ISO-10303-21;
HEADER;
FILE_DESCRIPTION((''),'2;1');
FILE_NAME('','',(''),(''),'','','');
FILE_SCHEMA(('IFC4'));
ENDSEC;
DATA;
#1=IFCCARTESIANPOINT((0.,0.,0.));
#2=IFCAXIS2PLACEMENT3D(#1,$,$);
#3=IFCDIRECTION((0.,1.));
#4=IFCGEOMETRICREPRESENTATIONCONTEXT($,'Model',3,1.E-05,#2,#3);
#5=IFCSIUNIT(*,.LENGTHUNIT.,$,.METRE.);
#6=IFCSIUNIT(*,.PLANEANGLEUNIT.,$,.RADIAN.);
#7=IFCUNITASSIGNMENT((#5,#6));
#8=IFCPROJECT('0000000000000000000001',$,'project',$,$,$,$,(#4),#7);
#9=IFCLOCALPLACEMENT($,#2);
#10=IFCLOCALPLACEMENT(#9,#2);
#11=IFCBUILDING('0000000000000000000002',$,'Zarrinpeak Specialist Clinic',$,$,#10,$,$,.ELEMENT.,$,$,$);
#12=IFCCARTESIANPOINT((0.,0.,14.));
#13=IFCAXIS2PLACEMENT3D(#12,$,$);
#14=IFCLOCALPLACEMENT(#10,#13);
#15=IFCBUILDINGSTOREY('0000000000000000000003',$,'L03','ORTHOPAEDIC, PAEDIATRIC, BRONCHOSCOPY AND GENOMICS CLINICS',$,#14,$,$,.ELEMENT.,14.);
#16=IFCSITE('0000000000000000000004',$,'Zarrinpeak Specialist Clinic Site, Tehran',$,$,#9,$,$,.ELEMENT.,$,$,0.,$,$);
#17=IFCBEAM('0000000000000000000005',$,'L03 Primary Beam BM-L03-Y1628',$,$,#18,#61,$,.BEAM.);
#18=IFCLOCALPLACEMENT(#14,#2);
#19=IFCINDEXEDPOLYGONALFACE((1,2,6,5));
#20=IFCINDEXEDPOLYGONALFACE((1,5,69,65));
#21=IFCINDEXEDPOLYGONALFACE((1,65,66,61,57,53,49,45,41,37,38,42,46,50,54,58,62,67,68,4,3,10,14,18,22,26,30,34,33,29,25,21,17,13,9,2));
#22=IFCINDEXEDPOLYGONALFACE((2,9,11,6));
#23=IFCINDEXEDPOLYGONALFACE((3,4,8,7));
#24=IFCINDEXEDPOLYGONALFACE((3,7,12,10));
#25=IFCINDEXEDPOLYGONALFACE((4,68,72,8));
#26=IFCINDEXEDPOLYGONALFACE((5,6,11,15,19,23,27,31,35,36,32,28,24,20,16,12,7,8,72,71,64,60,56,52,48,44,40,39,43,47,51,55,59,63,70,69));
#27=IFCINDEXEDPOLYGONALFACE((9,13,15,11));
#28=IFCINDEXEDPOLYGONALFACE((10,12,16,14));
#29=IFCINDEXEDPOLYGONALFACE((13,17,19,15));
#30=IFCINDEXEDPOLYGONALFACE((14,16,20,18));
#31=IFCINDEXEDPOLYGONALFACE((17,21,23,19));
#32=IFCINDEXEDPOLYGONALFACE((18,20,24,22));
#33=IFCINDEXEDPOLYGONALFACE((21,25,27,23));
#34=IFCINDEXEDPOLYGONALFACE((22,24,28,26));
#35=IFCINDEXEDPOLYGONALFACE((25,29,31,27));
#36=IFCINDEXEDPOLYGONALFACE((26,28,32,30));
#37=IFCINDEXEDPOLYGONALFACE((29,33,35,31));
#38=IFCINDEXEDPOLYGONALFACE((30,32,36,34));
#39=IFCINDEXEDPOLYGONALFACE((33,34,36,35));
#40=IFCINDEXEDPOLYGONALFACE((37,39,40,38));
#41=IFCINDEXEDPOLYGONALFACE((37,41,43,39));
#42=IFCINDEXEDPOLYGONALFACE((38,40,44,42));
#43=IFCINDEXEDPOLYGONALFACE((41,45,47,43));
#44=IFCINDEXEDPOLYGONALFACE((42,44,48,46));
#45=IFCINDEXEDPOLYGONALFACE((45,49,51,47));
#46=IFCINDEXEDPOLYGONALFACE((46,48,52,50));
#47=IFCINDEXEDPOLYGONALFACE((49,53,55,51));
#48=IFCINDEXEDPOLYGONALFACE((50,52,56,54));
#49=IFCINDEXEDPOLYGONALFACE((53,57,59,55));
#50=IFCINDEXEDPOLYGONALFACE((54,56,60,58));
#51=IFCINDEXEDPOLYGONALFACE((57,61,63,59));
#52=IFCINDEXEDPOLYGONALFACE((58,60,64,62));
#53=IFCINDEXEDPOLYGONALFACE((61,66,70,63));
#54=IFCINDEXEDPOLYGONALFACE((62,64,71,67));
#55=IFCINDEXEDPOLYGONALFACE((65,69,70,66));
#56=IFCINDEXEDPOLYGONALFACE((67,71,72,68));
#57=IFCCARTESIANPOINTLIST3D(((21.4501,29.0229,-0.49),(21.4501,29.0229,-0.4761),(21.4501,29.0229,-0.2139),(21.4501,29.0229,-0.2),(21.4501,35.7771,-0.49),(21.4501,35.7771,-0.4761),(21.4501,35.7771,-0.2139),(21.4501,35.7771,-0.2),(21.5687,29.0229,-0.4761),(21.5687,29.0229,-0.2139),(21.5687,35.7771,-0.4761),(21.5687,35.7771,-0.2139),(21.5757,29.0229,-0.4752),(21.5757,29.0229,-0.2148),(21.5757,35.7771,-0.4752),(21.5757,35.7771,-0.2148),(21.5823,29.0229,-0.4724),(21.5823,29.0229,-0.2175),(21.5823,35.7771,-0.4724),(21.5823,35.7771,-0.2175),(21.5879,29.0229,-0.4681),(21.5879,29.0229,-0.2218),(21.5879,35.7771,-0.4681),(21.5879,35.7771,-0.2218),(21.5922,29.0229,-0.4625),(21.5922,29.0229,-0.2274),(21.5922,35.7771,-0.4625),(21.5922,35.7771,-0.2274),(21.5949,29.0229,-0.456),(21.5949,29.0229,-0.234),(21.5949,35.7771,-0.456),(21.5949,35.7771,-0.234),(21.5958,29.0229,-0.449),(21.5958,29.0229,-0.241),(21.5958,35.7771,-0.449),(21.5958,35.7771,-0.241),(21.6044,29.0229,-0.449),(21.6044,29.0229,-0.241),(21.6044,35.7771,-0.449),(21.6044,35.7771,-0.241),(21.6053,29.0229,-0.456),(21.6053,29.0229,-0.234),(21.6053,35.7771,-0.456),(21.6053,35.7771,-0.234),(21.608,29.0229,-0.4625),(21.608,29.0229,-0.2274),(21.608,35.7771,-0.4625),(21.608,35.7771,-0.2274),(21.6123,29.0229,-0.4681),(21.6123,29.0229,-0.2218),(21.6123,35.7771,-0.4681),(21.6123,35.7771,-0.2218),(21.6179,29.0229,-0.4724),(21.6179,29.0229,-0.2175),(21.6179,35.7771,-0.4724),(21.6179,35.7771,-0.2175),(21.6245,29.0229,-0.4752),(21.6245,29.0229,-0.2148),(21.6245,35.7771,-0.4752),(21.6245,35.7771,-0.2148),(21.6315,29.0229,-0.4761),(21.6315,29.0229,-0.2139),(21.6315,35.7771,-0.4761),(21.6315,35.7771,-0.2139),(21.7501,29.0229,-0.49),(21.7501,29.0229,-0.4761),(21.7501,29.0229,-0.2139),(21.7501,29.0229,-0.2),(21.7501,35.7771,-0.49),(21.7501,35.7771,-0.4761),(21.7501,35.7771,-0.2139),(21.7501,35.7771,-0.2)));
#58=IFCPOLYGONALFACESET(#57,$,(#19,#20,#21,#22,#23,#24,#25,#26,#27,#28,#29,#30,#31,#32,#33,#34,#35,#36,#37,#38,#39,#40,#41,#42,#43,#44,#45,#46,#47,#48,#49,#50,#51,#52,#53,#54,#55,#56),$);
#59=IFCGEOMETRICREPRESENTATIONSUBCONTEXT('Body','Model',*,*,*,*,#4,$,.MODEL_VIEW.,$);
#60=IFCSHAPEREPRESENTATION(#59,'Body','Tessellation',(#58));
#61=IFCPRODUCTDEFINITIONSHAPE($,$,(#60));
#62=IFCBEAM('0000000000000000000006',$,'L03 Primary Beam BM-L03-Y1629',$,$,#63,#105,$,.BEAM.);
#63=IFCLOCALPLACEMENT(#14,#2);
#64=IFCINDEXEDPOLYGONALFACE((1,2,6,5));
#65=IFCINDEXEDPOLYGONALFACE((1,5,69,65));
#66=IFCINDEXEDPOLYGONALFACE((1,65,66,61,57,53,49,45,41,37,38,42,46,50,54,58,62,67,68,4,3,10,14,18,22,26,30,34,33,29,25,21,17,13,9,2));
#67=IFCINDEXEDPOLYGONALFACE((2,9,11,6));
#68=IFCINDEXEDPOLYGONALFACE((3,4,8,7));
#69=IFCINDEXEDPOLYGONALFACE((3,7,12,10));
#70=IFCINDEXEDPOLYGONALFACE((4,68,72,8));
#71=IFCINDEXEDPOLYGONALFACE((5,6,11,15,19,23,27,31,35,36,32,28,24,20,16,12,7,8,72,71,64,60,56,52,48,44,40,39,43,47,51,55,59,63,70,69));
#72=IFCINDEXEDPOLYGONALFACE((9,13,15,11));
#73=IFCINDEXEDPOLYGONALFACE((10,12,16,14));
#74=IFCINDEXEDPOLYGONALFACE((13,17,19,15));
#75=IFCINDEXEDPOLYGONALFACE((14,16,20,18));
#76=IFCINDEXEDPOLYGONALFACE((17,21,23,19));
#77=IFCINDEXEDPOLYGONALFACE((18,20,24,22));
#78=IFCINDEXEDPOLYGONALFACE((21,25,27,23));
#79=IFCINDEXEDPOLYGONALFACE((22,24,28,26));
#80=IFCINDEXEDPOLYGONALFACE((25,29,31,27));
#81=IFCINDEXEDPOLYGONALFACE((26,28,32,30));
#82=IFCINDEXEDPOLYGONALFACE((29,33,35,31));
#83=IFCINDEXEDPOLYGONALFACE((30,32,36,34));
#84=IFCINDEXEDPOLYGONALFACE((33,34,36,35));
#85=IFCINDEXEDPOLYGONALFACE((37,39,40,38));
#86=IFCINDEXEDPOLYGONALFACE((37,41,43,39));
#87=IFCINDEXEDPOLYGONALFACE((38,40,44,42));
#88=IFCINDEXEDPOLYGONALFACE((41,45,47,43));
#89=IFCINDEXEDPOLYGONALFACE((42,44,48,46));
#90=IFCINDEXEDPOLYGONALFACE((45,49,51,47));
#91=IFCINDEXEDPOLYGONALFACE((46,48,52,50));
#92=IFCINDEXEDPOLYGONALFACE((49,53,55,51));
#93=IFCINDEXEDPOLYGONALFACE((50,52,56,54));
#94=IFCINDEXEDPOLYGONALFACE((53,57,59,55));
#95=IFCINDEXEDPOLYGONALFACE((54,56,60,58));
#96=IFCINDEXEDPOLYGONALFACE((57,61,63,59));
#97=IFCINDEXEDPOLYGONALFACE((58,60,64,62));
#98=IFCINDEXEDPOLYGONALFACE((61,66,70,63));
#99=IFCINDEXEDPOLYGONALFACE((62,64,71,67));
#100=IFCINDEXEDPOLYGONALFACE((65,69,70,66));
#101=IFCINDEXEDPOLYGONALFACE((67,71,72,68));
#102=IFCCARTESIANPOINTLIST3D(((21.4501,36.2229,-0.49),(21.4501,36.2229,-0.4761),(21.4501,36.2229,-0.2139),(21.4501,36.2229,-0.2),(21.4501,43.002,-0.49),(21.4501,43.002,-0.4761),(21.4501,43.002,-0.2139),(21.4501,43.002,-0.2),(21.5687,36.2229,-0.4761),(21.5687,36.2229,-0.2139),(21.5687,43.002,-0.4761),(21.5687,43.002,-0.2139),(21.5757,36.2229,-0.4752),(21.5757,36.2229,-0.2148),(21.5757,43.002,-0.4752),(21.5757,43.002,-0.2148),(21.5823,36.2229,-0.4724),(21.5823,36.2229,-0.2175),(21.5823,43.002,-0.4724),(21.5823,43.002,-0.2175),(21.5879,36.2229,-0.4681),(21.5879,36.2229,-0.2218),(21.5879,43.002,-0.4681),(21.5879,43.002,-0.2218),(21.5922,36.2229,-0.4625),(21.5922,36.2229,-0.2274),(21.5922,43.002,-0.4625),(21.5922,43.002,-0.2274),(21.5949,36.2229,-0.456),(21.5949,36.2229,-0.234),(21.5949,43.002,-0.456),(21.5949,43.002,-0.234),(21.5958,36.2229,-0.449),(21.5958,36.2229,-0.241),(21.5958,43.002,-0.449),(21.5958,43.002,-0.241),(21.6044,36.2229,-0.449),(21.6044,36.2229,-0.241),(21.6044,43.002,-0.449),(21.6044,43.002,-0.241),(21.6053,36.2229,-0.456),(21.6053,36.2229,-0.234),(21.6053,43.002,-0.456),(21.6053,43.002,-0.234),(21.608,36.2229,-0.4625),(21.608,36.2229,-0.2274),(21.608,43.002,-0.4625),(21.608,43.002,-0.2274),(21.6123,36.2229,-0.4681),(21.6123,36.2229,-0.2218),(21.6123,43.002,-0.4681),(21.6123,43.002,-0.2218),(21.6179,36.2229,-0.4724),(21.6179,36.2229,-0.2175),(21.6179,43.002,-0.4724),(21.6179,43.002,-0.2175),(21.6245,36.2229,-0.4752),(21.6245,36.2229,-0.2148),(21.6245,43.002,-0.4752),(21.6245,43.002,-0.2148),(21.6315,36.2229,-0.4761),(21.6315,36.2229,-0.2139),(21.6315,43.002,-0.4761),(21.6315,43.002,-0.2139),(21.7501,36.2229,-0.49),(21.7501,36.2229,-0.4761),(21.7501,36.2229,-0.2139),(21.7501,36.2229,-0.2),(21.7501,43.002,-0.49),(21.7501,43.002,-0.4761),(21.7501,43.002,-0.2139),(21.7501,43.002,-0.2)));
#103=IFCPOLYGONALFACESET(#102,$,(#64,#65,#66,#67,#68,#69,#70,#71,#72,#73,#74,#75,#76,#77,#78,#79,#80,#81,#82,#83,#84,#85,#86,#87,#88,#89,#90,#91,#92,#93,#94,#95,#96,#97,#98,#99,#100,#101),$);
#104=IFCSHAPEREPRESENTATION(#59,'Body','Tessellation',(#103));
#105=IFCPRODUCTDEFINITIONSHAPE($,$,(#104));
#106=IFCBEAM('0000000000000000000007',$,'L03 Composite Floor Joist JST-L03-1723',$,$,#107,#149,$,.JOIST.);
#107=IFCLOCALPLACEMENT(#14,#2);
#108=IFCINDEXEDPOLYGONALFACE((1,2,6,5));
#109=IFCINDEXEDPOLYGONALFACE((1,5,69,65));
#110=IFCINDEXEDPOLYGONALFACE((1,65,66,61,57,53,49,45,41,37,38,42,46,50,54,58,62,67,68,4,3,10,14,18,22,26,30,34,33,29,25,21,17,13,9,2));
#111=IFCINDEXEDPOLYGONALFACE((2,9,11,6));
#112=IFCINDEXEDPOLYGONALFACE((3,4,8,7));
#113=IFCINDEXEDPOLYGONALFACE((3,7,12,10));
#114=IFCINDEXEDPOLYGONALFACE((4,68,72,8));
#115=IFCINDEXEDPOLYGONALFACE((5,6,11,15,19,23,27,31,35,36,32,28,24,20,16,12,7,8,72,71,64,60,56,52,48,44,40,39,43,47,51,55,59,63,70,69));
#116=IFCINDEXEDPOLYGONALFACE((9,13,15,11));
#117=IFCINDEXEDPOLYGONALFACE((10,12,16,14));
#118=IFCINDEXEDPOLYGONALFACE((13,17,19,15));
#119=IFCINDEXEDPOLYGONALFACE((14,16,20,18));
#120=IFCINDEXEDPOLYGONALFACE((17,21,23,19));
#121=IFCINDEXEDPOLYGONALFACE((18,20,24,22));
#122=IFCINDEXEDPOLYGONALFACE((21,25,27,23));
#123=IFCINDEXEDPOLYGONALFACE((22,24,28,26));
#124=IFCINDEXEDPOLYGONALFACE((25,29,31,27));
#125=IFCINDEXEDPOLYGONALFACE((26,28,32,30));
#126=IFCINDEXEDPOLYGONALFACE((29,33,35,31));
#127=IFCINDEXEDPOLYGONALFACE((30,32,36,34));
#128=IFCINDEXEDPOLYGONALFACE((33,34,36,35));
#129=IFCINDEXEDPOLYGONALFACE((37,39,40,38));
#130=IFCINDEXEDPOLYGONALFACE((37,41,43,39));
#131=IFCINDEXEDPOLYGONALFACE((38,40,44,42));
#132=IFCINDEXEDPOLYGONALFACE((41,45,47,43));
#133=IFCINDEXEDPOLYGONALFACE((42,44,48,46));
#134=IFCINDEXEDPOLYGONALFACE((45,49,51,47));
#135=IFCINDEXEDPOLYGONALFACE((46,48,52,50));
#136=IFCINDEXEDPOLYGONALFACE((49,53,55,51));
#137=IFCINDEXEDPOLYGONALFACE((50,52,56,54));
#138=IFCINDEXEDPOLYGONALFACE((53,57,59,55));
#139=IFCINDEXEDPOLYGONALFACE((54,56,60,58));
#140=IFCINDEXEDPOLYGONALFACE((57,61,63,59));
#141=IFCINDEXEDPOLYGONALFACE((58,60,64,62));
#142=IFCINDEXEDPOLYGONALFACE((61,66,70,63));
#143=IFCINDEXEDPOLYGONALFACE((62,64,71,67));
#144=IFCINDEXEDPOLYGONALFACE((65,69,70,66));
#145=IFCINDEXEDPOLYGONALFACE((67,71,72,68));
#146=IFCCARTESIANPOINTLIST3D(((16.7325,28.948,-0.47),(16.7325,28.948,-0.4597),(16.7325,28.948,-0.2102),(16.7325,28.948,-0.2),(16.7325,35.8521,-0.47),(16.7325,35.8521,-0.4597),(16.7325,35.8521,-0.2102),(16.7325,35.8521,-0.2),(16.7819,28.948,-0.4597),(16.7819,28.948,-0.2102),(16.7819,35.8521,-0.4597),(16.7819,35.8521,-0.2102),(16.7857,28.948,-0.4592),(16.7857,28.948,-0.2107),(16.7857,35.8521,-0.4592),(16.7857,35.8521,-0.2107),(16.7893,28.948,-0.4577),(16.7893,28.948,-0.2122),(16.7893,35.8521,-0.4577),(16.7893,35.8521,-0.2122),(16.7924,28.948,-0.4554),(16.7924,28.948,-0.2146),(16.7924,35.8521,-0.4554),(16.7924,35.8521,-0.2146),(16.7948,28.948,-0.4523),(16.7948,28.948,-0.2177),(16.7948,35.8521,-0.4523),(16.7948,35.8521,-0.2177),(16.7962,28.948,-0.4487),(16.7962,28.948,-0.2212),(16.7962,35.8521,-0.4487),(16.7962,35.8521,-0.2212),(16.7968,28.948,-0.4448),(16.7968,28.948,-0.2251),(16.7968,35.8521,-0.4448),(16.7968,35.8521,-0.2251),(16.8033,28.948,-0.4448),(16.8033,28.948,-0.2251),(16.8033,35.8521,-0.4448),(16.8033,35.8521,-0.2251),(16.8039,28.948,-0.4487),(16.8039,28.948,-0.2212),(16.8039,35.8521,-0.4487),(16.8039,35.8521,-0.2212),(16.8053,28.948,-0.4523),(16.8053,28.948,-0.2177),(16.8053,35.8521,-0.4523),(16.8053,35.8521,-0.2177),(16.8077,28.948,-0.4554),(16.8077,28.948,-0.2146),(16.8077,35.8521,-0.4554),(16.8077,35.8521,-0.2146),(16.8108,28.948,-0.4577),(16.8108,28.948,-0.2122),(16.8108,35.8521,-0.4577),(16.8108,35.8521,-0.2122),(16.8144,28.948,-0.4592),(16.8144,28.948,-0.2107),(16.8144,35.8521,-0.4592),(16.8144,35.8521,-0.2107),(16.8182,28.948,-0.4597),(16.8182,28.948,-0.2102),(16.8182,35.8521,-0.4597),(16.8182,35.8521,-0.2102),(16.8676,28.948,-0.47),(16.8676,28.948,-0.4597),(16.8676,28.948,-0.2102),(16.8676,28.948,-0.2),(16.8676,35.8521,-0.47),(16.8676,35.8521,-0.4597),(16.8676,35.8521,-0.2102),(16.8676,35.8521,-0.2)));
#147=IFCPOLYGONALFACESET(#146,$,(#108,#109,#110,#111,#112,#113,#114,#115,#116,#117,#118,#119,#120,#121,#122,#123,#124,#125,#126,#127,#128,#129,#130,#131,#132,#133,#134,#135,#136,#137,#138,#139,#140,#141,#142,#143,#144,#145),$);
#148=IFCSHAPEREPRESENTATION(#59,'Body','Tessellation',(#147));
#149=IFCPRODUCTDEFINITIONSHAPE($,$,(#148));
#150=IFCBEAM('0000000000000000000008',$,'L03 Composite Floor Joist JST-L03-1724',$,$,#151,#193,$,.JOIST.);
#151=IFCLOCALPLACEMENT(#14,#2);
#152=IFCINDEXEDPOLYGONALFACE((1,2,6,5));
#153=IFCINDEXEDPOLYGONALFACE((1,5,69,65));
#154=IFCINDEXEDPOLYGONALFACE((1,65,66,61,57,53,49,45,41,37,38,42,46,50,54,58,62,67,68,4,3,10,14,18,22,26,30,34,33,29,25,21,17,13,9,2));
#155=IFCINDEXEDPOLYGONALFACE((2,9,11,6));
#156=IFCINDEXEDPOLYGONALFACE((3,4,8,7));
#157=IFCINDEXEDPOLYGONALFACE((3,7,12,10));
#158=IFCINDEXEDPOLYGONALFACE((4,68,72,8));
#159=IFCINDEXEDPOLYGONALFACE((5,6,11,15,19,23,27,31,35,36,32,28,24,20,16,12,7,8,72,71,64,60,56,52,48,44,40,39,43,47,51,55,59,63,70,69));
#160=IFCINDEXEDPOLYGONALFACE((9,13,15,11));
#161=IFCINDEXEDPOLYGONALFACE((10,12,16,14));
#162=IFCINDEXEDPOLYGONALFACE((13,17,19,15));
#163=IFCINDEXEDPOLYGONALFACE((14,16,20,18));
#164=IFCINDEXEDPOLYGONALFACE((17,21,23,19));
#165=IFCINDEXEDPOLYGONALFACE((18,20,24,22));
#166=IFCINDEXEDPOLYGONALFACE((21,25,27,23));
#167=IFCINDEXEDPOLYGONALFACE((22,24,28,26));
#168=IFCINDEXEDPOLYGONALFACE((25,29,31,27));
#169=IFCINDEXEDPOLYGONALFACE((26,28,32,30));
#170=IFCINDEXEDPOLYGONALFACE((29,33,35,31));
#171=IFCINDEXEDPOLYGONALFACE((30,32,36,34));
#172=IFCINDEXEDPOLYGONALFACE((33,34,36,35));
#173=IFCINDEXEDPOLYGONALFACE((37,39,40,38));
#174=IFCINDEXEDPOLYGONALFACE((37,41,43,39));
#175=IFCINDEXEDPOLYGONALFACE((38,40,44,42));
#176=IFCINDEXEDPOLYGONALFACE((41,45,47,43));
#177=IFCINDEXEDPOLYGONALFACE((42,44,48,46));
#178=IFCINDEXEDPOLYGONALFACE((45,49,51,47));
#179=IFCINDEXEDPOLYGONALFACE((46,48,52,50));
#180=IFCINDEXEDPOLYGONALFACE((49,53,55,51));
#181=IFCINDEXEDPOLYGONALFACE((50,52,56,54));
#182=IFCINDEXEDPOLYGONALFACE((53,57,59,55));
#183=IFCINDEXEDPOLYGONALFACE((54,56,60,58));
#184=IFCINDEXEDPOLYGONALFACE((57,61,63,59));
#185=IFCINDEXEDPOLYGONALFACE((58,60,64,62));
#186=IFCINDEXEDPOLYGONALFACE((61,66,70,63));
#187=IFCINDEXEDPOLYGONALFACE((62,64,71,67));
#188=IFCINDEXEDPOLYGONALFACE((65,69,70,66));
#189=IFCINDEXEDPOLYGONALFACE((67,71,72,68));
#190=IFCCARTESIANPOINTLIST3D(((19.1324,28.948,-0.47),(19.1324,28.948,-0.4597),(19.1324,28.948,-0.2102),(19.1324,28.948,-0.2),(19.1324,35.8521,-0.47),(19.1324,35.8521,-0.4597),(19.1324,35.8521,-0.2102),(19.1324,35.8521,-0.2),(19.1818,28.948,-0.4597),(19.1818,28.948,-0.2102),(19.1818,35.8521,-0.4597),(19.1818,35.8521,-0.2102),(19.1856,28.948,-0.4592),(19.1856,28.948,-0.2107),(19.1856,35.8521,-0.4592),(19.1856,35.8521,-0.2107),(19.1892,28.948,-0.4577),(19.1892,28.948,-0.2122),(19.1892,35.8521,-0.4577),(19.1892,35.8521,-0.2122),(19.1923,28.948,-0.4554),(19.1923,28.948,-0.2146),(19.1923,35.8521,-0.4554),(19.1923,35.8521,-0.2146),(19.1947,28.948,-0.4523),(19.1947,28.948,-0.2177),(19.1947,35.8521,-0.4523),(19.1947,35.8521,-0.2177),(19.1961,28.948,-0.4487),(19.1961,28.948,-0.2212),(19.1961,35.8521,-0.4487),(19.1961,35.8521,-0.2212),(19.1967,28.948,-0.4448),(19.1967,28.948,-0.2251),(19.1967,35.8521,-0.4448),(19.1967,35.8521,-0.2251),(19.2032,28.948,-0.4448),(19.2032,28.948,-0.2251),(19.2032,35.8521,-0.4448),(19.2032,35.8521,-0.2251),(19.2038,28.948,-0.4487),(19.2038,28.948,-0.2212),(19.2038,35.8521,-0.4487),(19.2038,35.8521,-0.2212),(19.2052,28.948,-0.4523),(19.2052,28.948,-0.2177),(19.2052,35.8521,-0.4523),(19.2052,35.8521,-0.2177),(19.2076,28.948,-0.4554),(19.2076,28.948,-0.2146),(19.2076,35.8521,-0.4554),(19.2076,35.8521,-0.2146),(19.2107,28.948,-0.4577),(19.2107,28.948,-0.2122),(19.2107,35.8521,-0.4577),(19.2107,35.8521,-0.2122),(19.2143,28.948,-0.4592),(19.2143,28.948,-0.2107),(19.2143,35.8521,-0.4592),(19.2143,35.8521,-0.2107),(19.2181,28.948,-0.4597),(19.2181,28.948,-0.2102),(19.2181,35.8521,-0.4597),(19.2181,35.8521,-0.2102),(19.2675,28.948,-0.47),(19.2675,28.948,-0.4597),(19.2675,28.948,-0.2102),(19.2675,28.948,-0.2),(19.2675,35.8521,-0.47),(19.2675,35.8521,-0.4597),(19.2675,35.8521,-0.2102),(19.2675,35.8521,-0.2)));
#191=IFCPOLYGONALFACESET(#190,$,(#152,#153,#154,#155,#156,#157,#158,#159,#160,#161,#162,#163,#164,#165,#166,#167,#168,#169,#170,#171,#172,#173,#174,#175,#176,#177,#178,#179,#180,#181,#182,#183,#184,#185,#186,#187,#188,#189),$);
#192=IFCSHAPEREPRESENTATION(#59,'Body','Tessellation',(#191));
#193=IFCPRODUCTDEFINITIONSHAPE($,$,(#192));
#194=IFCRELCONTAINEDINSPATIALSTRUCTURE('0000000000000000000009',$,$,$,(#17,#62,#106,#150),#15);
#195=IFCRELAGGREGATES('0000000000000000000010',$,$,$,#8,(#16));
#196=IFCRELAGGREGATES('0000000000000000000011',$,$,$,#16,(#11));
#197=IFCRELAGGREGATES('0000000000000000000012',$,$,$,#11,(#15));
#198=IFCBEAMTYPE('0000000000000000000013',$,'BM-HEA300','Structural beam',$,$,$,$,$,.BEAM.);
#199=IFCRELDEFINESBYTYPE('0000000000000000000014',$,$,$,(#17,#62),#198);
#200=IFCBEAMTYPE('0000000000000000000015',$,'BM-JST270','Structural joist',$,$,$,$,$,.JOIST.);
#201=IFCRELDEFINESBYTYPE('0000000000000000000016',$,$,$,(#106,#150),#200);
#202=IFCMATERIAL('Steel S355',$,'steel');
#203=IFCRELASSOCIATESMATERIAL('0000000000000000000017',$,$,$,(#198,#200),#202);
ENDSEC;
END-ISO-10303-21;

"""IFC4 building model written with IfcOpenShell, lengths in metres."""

from ifc_helpers import new_model, si_unit, direction, frame, origin, origin_2d, place, context, subcontext, project, spatial, i_section, extrude, material, material_profile, profile_set, type_object, element, save


model = new_model("IFC4")

# Units and contexts
model_context = context("Model", 3, precision=1e-05, world=origin(), true_north=direction((0.0, 1.0)))
body_context = subcontext(model_context, "Body", "Model", "MODEL_VIEW")
ifc_project = project(units=[si_unit("LENGTHUNIT", "METRE"), si_unit("PLANEANGLEUNIT", "RADIAN")], contexts=[model_context])

# Site, building, storey
site_placement = place(None, origin())
site = spatial("IfcSite", under=ifc_project, at=site_placement, Name="Zarrinpeak Specialist Clinic Site, Tehran", CompositionType="ELEMENT", RefElevation=0.0)
building_placement = place(site_placement, origin())
building = spatial("IfcBuilding", under=site, at=building_placement, Name="Zarrinpeak Specialist Clinic", CompositionType="ELEMENT")
storey_placement = place(building_placement, frame((0.0, 0.0, 14.0)))
storey = spatial("IfcBuildingStorey", under=building, at=storey_placement, Name="L03", Description="ORTHOPAEDIC, PAEDIATRIC, BRONCHOSCOPY AND GENOMICS CLINICS", CompositionType="ELEMENT", Elevation=14.0)

# Shared definitions
ifc_material_1 = material(Name="Steel S355", Category="steel")

# Beams
ifc_material_profile_1 = material_profile(ifc_material_1, i_section(OverallWidth=0.3, OverallDepth=0.29, WebThickness=0.0085, FlangeThickness=0.0139, FilletRadius=0.0271, at=origin_2d()), Name="HEA 300")
ifc_profile_set_1 = profile_set([ifc_material_profile_1], Name="Steel S355")
beam_type_1 = type_object("IfcBeamType", Name="BM-HEA300", Description="Structural beam", PredefinedType="BEAM", material=ifc_profile_set_1)
beam_1_placement = place(storey_placement, frame((21.6001, 29.0229, -0.345), z_axis=(0.0, 1.0, 0.0), x_axis=(-1.0, 0.0, 0.0)))
element("IfcBeam", 1, at=beam_1_placement, inside=storey, type_object=beam_type_1, Name="L03 Primary Beam BM-L03-Y1628", PredefinedType="BEAM", context=body_context, shape_type="SweptSolid", body=[
    extrude(i_section(OverallWidth=0.3, OverallDepth=0.29, WebThickness=0.0085, FlangeThickness=0.0139, FilletRadius=0.0271, at=origin_2d()), origin(), (0.0, 0.0, 1.0), 6.7542),
])
beam_2_placement = place(storey_placement, frame((21.6001, 36.2229, -0.345), z_axis=(0.0, 1.0, 0.0), x_axis=(-1.0, 0.0, 0.0)))
element("IfcBeam", 2, at=beam_2_placement, inside=storey, type_object=beam_type_1, Name="L03 Primary Beam BM-L03-Y1629", PredefinedType="BEAM", context=body_context, shape_type="SweptSolid", body=[
    extrude(i_section(OverallWidth=0.3, OverallDepth=0.29, WebThickness=0.0085, FlangeThickness=0.0139, FilletRadius=0.0271, at=origin_2d()), origin(), (0.0, 0.0, 1.0), 6.7791),
])
ifc_material_profile_2 = material_profile(ifc_material_1, i_section(OverallWidth=0.135, OverallDepth=0.27, WebThickness=0.0066, FlangeThickness=0.0103, FilletRadius=0.0149, at=origin_2d()), Name="IPE 270")
ifc_profile_set_2 = profile_set([ifc_material_profile_2], Name="Steel S355")
beam_type_2 = type_object("IfcBeamType", Name="BM-JST270", Description="Structural joist", PredefinedType="JOIST", material=ifc_profile_set_2)
for number, where, z_axis, x_axis, name in (
    (3, (16.8, 28.948, -0.335), (0.0, 1.0, 0.0), (-1.0, 0.0, 0.0), "L03 Composite Floor Joist JST-L03-1723"),
    (4, (19.2, 28.948, -0.335), (0.0, 1.0, 0.0), (-1.0, 0.0, 0.0), "L03 Composite Floor Joist JST-L03-1724"),
):
    element("IfcBeam", number, at=place(storey_placement, frame(where, z_axis=z_axis, x_axis=x_axis)), inside=storey, type_object=beam_type_2, Name=name, PredefinedType="JOIST", context=body_context, shape_type="SweptSolid", body=[
        extrude(i_section(OverallWidth=0.135, OverallDepth=0.27, WebThickness=0.0066, FlangeThickness=0.0103, FilletRadius=0.0149, at=origin_2d()), origin(), (0.0, 0.0, 1.0), 6.9041),
    ])

save(model, "model.ifc")
